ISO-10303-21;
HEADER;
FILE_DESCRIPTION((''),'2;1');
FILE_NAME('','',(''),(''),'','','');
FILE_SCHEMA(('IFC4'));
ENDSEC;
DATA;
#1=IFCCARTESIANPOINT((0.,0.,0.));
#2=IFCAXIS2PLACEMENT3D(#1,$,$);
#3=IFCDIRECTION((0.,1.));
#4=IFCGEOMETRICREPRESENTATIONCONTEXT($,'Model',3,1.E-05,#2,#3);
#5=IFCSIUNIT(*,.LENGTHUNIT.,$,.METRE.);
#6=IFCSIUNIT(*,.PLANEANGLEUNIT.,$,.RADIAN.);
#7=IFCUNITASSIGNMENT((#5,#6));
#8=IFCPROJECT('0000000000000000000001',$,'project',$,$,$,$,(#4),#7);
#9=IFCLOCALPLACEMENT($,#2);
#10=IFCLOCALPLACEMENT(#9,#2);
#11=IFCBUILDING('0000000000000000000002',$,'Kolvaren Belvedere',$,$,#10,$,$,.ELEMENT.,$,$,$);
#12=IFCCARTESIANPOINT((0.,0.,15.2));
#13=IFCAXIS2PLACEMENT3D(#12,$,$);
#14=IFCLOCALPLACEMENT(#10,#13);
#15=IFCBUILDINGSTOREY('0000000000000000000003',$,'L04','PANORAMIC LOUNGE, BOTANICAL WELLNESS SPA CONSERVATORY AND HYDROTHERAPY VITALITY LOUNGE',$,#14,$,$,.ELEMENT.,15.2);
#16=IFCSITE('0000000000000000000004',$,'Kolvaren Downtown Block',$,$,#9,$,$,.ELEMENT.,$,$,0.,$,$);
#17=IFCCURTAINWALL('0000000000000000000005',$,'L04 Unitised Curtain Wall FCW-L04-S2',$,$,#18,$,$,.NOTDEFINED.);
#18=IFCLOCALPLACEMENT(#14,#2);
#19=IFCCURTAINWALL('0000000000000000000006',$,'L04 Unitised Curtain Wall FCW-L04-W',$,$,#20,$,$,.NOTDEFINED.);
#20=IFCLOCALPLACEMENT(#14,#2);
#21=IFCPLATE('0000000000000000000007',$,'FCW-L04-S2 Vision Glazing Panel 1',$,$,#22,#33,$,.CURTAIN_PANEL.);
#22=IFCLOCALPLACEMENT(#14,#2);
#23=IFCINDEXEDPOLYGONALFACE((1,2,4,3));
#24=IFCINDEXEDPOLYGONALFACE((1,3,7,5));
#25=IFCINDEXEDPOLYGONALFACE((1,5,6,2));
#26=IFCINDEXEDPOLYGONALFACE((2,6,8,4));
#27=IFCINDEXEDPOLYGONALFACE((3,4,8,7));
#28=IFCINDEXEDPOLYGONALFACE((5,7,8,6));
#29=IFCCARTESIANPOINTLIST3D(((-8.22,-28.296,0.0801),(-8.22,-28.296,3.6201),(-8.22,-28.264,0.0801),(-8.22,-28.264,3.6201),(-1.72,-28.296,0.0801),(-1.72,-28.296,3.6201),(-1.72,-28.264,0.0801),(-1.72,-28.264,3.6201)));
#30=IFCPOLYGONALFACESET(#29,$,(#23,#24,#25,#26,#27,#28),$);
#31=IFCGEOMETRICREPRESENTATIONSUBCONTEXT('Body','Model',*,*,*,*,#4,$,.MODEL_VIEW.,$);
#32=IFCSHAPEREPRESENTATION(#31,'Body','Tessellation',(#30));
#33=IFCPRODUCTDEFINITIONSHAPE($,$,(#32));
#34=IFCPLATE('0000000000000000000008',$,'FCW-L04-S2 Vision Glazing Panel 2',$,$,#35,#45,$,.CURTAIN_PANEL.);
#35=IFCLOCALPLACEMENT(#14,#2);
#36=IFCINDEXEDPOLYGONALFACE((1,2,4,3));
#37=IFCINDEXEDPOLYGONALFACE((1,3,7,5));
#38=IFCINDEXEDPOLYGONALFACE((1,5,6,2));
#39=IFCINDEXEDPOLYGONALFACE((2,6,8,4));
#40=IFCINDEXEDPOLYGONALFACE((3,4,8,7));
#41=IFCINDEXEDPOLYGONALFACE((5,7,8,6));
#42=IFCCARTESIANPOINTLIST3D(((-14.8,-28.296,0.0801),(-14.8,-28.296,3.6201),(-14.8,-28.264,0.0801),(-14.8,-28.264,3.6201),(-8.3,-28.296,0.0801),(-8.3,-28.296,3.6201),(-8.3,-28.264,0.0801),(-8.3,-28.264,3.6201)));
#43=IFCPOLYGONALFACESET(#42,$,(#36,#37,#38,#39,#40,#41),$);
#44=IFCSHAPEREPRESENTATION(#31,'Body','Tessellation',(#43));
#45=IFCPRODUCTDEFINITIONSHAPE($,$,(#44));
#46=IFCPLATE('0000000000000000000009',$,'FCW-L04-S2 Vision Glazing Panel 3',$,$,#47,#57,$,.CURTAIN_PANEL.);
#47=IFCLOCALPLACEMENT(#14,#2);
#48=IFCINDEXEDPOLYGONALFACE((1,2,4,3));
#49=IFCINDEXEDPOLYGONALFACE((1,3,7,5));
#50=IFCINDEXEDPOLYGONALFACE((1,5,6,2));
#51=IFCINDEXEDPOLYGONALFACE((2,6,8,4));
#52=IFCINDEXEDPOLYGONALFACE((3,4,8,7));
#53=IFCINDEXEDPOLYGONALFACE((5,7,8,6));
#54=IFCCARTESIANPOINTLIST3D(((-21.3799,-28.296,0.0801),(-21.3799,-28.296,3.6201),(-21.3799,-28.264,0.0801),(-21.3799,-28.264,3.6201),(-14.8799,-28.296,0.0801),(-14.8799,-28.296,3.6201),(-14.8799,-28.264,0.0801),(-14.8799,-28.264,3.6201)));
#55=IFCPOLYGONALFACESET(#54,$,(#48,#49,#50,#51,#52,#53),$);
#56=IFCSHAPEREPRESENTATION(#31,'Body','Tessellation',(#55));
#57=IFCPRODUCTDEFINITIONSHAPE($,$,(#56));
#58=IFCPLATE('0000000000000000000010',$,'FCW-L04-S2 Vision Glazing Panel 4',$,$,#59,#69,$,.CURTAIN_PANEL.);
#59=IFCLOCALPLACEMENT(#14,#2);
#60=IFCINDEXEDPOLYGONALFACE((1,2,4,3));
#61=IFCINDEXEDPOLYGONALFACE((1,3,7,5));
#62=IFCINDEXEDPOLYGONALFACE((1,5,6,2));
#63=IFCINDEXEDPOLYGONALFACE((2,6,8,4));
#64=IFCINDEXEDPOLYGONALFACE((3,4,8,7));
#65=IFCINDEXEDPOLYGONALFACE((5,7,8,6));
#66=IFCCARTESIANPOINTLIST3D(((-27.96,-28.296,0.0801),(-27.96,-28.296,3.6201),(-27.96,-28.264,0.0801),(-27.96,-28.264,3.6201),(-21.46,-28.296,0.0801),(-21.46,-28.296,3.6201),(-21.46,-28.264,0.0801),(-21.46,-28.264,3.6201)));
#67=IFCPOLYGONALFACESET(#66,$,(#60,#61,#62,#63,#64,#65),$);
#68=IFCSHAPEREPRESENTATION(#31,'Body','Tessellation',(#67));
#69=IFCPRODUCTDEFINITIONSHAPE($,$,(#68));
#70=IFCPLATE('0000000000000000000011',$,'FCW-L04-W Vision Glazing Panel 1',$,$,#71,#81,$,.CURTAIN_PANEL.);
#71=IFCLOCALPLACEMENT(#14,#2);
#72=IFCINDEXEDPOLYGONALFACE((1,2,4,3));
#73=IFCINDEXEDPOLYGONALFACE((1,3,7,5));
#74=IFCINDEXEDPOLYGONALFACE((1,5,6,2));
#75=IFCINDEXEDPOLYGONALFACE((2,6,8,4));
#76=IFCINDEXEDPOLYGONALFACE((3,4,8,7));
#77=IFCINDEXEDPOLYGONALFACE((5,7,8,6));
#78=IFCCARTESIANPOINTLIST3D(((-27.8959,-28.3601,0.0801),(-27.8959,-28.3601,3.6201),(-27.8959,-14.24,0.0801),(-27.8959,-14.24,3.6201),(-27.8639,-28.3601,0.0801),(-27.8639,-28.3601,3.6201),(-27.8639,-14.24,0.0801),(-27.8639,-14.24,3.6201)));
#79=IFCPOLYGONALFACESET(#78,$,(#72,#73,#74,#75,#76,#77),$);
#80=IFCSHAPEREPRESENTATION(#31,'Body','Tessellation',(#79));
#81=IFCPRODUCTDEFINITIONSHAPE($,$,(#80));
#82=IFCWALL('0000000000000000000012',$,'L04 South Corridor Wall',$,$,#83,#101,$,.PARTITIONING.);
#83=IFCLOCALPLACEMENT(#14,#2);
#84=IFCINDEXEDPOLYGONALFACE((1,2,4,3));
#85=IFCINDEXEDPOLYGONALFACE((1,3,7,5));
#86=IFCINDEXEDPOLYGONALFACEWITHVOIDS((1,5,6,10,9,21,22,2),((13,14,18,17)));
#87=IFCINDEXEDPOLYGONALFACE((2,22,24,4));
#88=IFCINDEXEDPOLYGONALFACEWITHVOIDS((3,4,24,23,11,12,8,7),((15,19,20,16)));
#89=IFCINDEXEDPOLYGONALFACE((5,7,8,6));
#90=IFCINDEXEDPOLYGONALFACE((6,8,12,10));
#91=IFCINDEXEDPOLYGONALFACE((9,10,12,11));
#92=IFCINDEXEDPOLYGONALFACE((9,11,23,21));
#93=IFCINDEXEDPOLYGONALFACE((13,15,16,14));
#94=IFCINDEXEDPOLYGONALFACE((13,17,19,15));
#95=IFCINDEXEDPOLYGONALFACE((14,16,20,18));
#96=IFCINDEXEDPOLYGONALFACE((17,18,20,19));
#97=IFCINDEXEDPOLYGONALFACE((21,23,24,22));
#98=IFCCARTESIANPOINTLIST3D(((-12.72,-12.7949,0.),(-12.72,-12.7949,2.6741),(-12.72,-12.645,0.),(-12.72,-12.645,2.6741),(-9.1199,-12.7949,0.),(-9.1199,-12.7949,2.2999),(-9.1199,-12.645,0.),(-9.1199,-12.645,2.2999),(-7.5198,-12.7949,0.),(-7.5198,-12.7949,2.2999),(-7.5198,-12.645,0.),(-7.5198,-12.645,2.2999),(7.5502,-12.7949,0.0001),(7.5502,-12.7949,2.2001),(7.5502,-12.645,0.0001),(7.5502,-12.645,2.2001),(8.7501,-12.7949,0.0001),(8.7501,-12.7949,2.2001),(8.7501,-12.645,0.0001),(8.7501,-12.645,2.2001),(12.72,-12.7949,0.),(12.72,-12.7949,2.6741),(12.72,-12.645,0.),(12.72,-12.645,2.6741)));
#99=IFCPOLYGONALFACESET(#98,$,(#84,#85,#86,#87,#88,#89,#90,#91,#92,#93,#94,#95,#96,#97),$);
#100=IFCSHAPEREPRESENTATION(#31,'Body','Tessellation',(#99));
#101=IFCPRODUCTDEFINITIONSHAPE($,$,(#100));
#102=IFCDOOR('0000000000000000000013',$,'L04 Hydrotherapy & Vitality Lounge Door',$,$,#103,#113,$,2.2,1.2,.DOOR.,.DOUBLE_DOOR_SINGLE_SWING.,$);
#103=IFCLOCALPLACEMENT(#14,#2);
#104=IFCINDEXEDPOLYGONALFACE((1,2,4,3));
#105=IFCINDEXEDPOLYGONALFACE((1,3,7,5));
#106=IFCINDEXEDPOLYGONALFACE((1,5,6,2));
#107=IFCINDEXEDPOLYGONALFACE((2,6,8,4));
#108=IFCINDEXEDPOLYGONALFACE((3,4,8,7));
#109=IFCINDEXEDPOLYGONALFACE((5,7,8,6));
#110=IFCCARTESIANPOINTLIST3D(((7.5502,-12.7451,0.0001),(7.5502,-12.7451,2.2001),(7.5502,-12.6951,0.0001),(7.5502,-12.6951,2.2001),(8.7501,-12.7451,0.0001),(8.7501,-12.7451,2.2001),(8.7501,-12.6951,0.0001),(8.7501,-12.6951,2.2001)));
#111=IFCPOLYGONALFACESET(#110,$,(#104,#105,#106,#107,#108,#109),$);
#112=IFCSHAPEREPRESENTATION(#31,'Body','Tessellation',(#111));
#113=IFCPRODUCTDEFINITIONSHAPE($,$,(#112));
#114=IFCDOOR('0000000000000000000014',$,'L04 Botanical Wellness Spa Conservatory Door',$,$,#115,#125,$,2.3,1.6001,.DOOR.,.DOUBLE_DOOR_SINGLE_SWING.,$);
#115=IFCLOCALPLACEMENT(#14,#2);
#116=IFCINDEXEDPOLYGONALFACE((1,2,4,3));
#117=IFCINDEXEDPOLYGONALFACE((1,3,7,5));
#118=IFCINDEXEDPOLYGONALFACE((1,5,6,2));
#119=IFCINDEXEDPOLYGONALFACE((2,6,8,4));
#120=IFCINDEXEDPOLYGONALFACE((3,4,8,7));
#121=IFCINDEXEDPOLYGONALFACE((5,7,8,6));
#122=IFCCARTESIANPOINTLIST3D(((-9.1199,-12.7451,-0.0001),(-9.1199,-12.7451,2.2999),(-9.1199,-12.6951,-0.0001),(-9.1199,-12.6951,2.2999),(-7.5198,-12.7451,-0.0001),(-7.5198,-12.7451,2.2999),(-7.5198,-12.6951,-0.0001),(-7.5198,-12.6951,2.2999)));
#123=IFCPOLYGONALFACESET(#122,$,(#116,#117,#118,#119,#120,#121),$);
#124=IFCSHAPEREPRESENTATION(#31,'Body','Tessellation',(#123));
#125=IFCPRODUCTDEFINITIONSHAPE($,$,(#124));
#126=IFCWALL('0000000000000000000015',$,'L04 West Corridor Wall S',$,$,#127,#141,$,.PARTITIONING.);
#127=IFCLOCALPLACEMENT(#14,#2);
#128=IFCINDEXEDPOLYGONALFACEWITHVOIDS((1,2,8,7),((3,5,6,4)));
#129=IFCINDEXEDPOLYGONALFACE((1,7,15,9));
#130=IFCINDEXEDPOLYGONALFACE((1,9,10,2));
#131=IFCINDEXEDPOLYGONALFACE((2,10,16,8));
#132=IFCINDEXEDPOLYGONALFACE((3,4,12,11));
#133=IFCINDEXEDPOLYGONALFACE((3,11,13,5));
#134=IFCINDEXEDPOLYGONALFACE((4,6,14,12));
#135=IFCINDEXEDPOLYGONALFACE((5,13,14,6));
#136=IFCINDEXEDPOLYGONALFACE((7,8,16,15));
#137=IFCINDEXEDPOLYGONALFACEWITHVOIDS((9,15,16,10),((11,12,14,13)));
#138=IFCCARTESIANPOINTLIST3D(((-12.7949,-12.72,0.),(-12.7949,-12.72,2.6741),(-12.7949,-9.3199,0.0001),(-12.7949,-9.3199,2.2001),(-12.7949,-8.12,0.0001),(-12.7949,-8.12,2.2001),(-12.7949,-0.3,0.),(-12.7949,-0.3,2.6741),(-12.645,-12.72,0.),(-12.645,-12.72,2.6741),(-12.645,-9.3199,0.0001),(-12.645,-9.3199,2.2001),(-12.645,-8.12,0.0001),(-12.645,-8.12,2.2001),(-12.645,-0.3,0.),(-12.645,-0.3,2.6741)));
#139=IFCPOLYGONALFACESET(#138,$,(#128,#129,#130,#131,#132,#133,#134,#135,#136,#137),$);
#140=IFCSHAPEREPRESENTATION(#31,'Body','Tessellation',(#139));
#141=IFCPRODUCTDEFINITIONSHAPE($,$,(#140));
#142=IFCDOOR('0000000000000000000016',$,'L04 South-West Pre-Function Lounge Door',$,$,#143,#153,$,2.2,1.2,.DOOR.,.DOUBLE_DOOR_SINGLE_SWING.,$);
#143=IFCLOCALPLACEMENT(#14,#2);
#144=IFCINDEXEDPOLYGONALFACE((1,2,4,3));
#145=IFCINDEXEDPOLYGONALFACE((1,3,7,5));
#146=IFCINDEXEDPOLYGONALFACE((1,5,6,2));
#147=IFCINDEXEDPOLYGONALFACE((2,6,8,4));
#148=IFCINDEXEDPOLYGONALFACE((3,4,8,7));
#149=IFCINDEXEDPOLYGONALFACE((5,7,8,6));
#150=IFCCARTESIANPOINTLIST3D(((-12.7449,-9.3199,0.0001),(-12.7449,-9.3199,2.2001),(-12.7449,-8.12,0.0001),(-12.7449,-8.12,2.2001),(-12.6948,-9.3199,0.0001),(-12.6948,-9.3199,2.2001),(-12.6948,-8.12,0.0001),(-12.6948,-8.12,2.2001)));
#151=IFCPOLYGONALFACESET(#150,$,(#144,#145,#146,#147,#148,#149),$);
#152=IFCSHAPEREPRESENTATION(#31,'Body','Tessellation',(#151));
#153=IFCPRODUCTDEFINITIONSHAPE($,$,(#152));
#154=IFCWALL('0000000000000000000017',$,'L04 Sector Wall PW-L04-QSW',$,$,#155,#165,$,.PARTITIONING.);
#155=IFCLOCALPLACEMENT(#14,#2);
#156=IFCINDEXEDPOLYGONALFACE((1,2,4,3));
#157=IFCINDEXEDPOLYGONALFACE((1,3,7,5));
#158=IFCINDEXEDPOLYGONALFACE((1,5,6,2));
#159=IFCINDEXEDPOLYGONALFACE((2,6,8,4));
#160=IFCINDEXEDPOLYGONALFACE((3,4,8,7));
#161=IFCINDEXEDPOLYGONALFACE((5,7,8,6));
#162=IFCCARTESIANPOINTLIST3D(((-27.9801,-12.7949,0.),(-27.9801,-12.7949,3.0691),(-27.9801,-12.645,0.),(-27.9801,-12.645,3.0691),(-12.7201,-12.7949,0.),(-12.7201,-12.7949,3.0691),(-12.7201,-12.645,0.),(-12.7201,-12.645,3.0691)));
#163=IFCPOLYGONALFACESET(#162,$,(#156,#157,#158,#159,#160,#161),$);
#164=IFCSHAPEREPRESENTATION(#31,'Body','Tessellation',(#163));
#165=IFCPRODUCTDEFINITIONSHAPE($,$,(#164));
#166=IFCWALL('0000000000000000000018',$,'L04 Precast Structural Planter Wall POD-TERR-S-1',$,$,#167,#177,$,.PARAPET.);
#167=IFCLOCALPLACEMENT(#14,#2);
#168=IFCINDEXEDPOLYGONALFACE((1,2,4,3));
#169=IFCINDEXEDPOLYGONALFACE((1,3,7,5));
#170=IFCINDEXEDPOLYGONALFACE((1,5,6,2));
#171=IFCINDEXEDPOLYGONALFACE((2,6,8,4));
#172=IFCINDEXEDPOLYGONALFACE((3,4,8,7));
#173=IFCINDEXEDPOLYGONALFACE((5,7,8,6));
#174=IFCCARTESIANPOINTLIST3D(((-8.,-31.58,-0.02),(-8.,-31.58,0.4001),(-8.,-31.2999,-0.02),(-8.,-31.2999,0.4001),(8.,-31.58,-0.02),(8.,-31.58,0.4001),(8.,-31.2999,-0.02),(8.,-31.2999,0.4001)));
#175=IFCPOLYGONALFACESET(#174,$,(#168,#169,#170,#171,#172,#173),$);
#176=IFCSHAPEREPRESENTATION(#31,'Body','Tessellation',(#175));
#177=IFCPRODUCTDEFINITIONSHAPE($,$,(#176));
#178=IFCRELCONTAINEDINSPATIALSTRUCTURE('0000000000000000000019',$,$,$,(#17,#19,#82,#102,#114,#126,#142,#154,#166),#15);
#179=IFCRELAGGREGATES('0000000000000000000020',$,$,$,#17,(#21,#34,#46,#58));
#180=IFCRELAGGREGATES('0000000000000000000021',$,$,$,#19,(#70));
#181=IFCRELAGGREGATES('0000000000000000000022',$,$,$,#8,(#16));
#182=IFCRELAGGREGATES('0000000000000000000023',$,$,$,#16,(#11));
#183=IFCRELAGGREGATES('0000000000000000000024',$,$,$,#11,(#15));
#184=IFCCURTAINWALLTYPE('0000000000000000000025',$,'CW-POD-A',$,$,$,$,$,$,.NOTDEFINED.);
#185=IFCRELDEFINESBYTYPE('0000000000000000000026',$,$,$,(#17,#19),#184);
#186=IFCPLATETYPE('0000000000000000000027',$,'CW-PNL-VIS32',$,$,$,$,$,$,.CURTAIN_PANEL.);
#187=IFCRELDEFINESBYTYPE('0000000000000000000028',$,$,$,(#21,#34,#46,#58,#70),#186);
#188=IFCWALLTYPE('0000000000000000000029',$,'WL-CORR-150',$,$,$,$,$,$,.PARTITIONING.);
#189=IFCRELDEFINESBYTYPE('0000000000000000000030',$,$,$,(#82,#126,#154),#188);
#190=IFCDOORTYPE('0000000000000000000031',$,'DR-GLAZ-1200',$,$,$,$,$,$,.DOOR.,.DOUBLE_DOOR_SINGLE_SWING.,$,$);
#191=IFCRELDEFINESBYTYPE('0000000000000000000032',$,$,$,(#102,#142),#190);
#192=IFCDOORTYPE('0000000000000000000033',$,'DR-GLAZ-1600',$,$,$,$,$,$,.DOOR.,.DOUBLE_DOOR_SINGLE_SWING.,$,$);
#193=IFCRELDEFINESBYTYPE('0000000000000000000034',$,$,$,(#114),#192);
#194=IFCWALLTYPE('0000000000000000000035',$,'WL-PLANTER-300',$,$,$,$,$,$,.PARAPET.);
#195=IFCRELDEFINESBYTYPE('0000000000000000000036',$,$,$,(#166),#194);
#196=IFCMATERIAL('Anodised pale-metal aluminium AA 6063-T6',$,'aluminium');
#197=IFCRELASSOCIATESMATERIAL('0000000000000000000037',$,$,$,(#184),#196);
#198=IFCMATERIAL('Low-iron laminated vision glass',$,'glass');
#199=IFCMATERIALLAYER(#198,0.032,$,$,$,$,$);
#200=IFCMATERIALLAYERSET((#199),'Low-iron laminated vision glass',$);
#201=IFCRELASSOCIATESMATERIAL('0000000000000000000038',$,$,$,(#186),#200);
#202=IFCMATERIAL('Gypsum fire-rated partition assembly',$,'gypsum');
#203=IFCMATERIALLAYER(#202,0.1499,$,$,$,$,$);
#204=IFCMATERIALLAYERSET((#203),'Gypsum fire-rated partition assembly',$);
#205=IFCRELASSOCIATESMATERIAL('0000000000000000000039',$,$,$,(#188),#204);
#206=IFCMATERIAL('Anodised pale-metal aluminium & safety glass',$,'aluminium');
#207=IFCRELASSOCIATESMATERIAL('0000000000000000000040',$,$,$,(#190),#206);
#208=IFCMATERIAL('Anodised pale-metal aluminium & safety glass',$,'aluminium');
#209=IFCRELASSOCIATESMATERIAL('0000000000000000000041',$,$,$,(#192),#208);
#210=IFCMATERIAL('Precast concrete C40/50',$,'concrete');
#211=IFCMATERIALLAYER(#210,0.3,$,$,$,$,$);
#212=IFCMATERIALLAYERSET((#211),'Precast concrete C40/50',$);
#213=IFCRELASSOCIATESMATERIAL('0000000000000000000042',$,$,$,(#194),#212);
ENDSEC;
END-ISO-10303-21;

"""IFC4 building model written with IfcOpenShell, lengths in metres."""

from ifc_helpers import new_model, si_unit, direction, frame, frame_2d, origin, origin_2d, place, context, subcontext, project, spatial, rectangle, extrude, material, layer, layer_set, type_object, element, fill, aggregate, save


model = new_model("IFC4")

# Units and contexts
model_context = context("Model", 3, precision=1e-05, world=origin(), true_north=direction((0.0, 1.0)))
body_context = subcontext(model_context, "Body", "Model", "MODEL_VIEW")
ifc_project = project(units=[si_unit("LENGTHUNIT", "METRE"), si_unit("PLANEANGLEUNIT", "RADIAN")], contexts=[model_context])

# Site, building, storey
site_placement = place(None, origin())
site = spatial("IfcSite", under=ifc_project, at=site_placement, Name="Kolvaren Downtown Block", CompositionType="ELEMENT", RefElevation=0.0)
building_placement = place(site_placement, origin())
building = spatial("IfcBuilding", under=site, at=building_placement, Name="Kolvaren Belvedere", CompositionType="ELEMENT")
storey_placement = place(building_placement, frame((0.0, 0.0, 15.2)))
storey = spatial("IfcBuildingStorey", under=building, at=storey_placement, Name="L04", Description="PANORAMIC LOUNGE, BOTANICAL WELLNESS SPA CONSERVATORY AND HYDROTHERAPY VITALITY LOUNGE", CompositionType="ELEMENT", Elevation=15.2)

# Curtain walls
ifc_material_1 = material(Name="Anodised pale-metal aluminium AA 6063-T6", Category="aluminium")
curtain_wall_type = type_object("IfcCurtainWallType", Name="CW-POD-A", PredefinedType="NOTDEFINED", material=ifc_material_1)
curtain_wall_1_placement = place(storey_placement, origin())
curtain_wall_1 = element("IfcCurtainWall", 1, at=curtain_wall_1_placement, inside=storey, type_object=curtain_wall_type, Name="L04 Unitised Curtain Wall FCW-L04-S2", PredefinedType="NOTDEFINED")
curtain_wall_2_placement = place(storey_placement, origin())
curtain_wall_2 = element("IfcCurtainWall", 2, at=curtain_wall_2_placement, inside=storey, type_object=curtain_wall_type, Name="L04 Unitised Curtain Wall FCW-L04-W", PredefinedType="NOTDEFINED")

# Plates
ifc_material_2 = material(Name="Low-iron laminated vision glass", Category="glass")
ifc_layer_1 = layer(ifc_material_2, 0.032)
ifc_layer_set_1 = layer_set([ifc_layer_1], Name="Low-iron laminated vision glass")
plate_type = type_object("IfcPlateType", Name="CW-PNL-VIS32", PredefinedType="CURTAIN_PANEL", material=ifc_layer_set_1)
plate_1_placement = place(storey_placement, frame((-4.97, -28.28, 0.0801), z_axis=(0.0, 0.0, 1.0), x_axis=(-1.0, 0.0, 0.0)))
plate_1 = element("IfcPlate", 3, at=plate_1_placement, type_object=plate_type, Name="FCW-L04-S2 Vision Glazing Panel 1", PredefinedType="CURTAIN_PANEL", context=body_context, shape_type="SweptSolid", body=[
    extrude(rectangle(XDim=6.5, YDim=0.032, at=origin_2d()), origin(), (0.0, 0.0, 1.0), 3.54),
])
plate_2_placement = place(storey_placement, frame((-11.55, -28.28, 0.0801), z_axis=(0.0, 0.0, 1.0), x_axis=(-1.0, 0.0, 0.0)))
plate_2 = element("IfcPlate", 4, at=plate_2_placement, type_object=plate_type, Name="FCW-L04-S2 Vision Glazing Panel 2", PredefinedType="CURTAIN_PANEL", context=body_context, shape_type="SweptSolid", body=[
    extrude(rectangle(XDim=6.5, YDim=0.032, at=origin_2d()), origin(), (0.0, 0.0, 1.0), 3.54),
])
plate_3_placement = place(storey_placement, frame((-18.1299, -28.28, 0.0801), z_axis=(0.0, 0.0, 1.0), x_axis=(-1.0, 0.0, 0.0)))
plate_3 = element("IfcPlate", 5, at=plate_3_placement, type_object=plate_type, Name="FCW-L04-S2 Vision Glazing Panel 3", PredefinedType="CURTAIN_PANEL", context=body_context, shape_type="SweptSolid", body=[
    extrude(rectangle(XDim=6.5, YDim=0.032, at=origin_2d()), origin(), (0.0, 0.0, 1.0), 3.54),
])
plate_4_placement = place(storey_placement, frame((-24.71, -28.28, 0.0801), z_axis=(0.0, 0.0, 1.0), x_axis=(-1.0, 0.0, 0.0)))
plate_4 = element("IfcPlate", 6, at=plate_4_placement, type_object=plate_type, Name="FCW-L04-S2 Vision Glazing Panel 4", PredefinedType="CURTAIN_PANEL", context=body_context, shape_type="SweptSolid", body=[
    extrude(rectangle(XDim=6.5, YDim=0.032, at=origin_2d()), origin(), (0.0, 0.0, 1.0), 3.54),
])
aggregate(curtain_wall_1, [plate_1, plate_2, plate_3, plate_4])
plate_5_placement = place(storey_placement, frame((-27.8799, -21.3, 0.0801), z_axis=(0.0, 0.0, 1.0), x_axis=(0.0, 1.0, 0.0)))
plate_5 = element("IfcPlate", 7, at=plate_5_placement, type_object=plate_type, Name="FCW-L04-W Vision Glazing Panel 1", PredefinedType="CURTAIN_PANEL", context=body_context, shape_type="SweptSolid", body=[
    extrude(rectangle(XDim=14.1201, YDim=0.032, at=origin_2d()), origin(), (0.0, 0.0, 1.0), 3.54),
])
aggregate(curtain_wall_2, [plate_5])

# Wall, openings, doors
ifc_material_3 = material(Name="Gypsum fire-rated partition assembly", Category="gypsum")
ifc_layer_2 = layer(ifc_material_3, 0.1499)
ifc_layer_set_2 = layer_set([ifc_layer_2], Name="Gypsum fire-rated partition assembly")
wall_type_1 = type_object("IfcWallType", Name="WL-CORR-150", PredefinedType="PARTITIONING", material=ifc_layer_set_2)
wall_1_placement = place(storey_placement, frame((-12.72, -12.72, 0.0), z_axis=(0.0, 0.0, 1.0), x_axis=(1.0, 0.0, 0.0)))
wall_1 = element("IfcWall", 8, at=wall_1_placement, inside=storey, type_object=wall_type_1, Name="L04 South Corridor Wall", PredefinedType="PARTITIONING", context=body_context, shape_type="SweptSolid", body=[
    extrude(rectangle(XDim=25.4399, YDim=0.1499, at=frame_2d((12.72, 0.0))), origin(), (0.0, 0.0, 1.0), 2.6741),
])
opening_1_placement = place(wall_1_placement, frame((3.6001, 0.0, 0.0)))
opening_1 = element("IfcOpeningElement", 9, at=opening_1_placement, cuts=wall_1, PredefinedType="OPENING", context=body_context, shape_type="SweptSolid", body=[
    extrude(rectangle(XDim=1.6001, YDim=2.3, at=frame_2d((0.8, 1.1499))), frame((0.0, 0.085, 0.0), z_axis=(0.0, -1.0, 0.0), x_axis=(1.0, 0.0, 0.0)), (0.0, 0.0, 1.0), 0.1699),
])
opening_2_placement = place(wall_1_placement, frame((20.27, 0.0, 0.0)))
opening_2 = element("IfcOpeningElement", 10, at=opening_2_placement, cuts=wall_1, PredefinedType="OPENING", context=body_context, shape_type="SweptSolid", body=[
    extrude(rectangle(XDim=1.2, YDim=2.2, at=frame_2d((0.6001, 1.1001))), frame((0.0, 0.085, 0.0), z_axis=(0.0, -1.0, 0.0), x_axis=(1.0, 0.0, 0.0)), (0.0, 0.0, 1.0), 0.1699),
])
ifc_material_4 = material(Name="Anodised pale-metal aluminium & safety glass", Category="aluminium")
door_type_1 = type_object("IfcDoorType", Name="DR-GLAZ-1200", OperationType="DOUBLE_DOOR_SINGLE_SWING", PredefinedType="DOOR", material=ifc_material_4)
door_1_placement = place(opening_2_placement, origin())
door_1 = element("IfcDoor", 11, at=door_1_placement, inside=storey, type_object=door_type_1, Name="L04 Hydrotherapy & Vitality Lounge Door", OperationType="DOUBLE_DOOR_SINGLE_SWING", OverallHeight=2.2, OverallWidth=1.2, PredefinedType="DOOR", context=body_context, shape_type="SweptSolid", body=[
    extrude(rectangle(XDim=1.2, YDim=2.2, at=frame_2d((0.6001, 1.1001))), frame((0.0, 0.0249, 0.0), z_axis=(0.0, -1.0, 0.0), x_axis=(1.0, 0.0, 0.0)), (0.0, 0.0, 1.0), 0.05),
])
fill(opening_2, door_1)
ifc_material_5 = material(Name="Anodised pale-metal aluminium & safety glass", Category="aluminium")
door_type_2 = type_object("IfcDoorType", Name="DR-GLAZ-1600", OperationType="DOUBLE_DOOR_SINGLE_SWING", PredefinedType="DOOR", material=ifc_material_5)
door_2_placement = place(opening_1_placement, origin())
door_2 = element("IfcDoor", 12, at=door_2_placement, inside=storey, type_object=door_type_2, Name="L04 Botanical Wellness Spa Conservatory Door", OperationType="DOUBLE_DOOR_SINGLE_SWING", OverallHeight=2.3, OverallWidth=1.6001, PredefinedType="DOOR", context=body_context, shape_type="SweptSolid", body=[
    extrude(rectangle(XDim=1.6001, YDim=2.3, at=frame_2d((0.8, 1.1499))), frame((0.0, 0.0249, 0.0), z_axis=(0.0, -1.0, 0.0), x_axis=(1.0, 0.0, 0.0)), (0.0, 0.0, 1.0), 0.05),
])
fill(opening_1, door_2)

# Wall, opening, door
wall_2_placement = place(storey_placement, frame((-12.72, -12.72, 0.0), z_axis=(0.0, 0.0, 1.0), x_axis=(0.0, 1.0, 0.0)))
wall_2 = element("IfcWall", 13, at=wall_2_placement, inside=storey, type_object=wall_type_1, Name="L04 West Corridor Wall S", PredefinedType="PARTITIONING", context=body_context, shape_type="SweptSolid", body=[
    extrude(rectangle(XDim=12.4199, YDim=0.1499, at=frame_2d((6.21, 0.0))), origin(), (0.0, 0.0, 1.0), 2.6741),
])
opening_3_placement = place(wall_2_placement, frame((3.3999, 0.0, 0.0)))
opening_3 = element("IfcOpeningElement", 14, at=opening_3_placement, cuts=wall_2, PredefinedType="OPENING", context=body_context, shape_type="SweptSolid", body=[
    extrude(rectangle(XDim=1.2, YDim=2.2, at=frame_2d((0.6001, 1.1001))), frame((0.0, 0.085, 0.0), z_axis=(0.0, -1.0, 0.0), x_axis=(1.0, 0.0, 0.0)), (0.0, 0.0, 1.0), 0.1699),
])
door_3_placement = place(opening_3_placement, origin())
door_3 = element("IfcDoor", 15, at=door_3_placement, inside=storey, type_object=door_type_1, Name="L04 South-West Pre-Function Lounge Door", OperationType="DOUBLE_DOOR_SINGLE_SWING", OverallHeight=2.2, OverallWidth=1.2, PredefinedType="DOOR", context=body_context, shape_type="SweptSolid", body=[
    extrude(rectangle(XDim=1.2, YDim=2.2, at=frame_2d((0.6001, 1.1001))), frame((0.0, 0.0249, 0.0), z_axis=(0.0, -1.0, 0.0), x_axis=(1.0, 0.0, 0.0)), (0.0, 0.0, 1.0), 0.05),
])
fill(opening_3, door_3)

# Walls
wall_3_placement = place(storey_placement, frame((-27.98, -12.72, 0.0), z_axis=(0.0, 0.0, 1.0), x_axis=(1.0, 0.0, 0.0)))
element("IfcWall", 16, at=wall_3_placement, inside=storey, type_object=wall_type_1, Name="L04 Sector Wall PW-L04-QSW", PredefinedType="PARTITIONING", context=body_context, shape_type="SweptSolid", body=[
    extrude(rectangle(XDim=15.26, YDim=0.1499, at=frame_2d((7.6299, 0.0))), origin(), (0.0, 0.0, 1.0), 3.0691),
])
ifc_material_6 = material(Name="Precast concrete C40/50", Category="concrete")
ifc_layer_3 = layer(ifc_material_6, 0.3)
ifc_layer_set_3 = layer_set([ifc_layer_3], Name="Precast concrete C40/50")
wall_type_2 = type_object("IfcWallType", Name="WL-PLANTER-300", PredefinedType="PARAPET", material=ifc_layer_set_3)
wall_4_placement = place(storey_placement, frame((-8.0, -31.4399, -0.02), z_axis=(0.0, 0.0, 1.0), x_axis=(1.0, 0.0, 0.0)))
element("IfcWall", 17, at=wall_4_placement, inside=storey, type_object=wall_type_2, Name="L04 Precast Structural Planter Wall POD-TERR-S-1", PredefinedType="PARAPET", context=body_context, shape_type="SweptSolid", body=[
    extrude(rectangle(XDim=16.0, YDim=0.28, at=frame_2d((8.0, 0.0))), origin(), (0.0, 0.0, 1.0), 0.4202),
])

save(model, "model.ifc")
